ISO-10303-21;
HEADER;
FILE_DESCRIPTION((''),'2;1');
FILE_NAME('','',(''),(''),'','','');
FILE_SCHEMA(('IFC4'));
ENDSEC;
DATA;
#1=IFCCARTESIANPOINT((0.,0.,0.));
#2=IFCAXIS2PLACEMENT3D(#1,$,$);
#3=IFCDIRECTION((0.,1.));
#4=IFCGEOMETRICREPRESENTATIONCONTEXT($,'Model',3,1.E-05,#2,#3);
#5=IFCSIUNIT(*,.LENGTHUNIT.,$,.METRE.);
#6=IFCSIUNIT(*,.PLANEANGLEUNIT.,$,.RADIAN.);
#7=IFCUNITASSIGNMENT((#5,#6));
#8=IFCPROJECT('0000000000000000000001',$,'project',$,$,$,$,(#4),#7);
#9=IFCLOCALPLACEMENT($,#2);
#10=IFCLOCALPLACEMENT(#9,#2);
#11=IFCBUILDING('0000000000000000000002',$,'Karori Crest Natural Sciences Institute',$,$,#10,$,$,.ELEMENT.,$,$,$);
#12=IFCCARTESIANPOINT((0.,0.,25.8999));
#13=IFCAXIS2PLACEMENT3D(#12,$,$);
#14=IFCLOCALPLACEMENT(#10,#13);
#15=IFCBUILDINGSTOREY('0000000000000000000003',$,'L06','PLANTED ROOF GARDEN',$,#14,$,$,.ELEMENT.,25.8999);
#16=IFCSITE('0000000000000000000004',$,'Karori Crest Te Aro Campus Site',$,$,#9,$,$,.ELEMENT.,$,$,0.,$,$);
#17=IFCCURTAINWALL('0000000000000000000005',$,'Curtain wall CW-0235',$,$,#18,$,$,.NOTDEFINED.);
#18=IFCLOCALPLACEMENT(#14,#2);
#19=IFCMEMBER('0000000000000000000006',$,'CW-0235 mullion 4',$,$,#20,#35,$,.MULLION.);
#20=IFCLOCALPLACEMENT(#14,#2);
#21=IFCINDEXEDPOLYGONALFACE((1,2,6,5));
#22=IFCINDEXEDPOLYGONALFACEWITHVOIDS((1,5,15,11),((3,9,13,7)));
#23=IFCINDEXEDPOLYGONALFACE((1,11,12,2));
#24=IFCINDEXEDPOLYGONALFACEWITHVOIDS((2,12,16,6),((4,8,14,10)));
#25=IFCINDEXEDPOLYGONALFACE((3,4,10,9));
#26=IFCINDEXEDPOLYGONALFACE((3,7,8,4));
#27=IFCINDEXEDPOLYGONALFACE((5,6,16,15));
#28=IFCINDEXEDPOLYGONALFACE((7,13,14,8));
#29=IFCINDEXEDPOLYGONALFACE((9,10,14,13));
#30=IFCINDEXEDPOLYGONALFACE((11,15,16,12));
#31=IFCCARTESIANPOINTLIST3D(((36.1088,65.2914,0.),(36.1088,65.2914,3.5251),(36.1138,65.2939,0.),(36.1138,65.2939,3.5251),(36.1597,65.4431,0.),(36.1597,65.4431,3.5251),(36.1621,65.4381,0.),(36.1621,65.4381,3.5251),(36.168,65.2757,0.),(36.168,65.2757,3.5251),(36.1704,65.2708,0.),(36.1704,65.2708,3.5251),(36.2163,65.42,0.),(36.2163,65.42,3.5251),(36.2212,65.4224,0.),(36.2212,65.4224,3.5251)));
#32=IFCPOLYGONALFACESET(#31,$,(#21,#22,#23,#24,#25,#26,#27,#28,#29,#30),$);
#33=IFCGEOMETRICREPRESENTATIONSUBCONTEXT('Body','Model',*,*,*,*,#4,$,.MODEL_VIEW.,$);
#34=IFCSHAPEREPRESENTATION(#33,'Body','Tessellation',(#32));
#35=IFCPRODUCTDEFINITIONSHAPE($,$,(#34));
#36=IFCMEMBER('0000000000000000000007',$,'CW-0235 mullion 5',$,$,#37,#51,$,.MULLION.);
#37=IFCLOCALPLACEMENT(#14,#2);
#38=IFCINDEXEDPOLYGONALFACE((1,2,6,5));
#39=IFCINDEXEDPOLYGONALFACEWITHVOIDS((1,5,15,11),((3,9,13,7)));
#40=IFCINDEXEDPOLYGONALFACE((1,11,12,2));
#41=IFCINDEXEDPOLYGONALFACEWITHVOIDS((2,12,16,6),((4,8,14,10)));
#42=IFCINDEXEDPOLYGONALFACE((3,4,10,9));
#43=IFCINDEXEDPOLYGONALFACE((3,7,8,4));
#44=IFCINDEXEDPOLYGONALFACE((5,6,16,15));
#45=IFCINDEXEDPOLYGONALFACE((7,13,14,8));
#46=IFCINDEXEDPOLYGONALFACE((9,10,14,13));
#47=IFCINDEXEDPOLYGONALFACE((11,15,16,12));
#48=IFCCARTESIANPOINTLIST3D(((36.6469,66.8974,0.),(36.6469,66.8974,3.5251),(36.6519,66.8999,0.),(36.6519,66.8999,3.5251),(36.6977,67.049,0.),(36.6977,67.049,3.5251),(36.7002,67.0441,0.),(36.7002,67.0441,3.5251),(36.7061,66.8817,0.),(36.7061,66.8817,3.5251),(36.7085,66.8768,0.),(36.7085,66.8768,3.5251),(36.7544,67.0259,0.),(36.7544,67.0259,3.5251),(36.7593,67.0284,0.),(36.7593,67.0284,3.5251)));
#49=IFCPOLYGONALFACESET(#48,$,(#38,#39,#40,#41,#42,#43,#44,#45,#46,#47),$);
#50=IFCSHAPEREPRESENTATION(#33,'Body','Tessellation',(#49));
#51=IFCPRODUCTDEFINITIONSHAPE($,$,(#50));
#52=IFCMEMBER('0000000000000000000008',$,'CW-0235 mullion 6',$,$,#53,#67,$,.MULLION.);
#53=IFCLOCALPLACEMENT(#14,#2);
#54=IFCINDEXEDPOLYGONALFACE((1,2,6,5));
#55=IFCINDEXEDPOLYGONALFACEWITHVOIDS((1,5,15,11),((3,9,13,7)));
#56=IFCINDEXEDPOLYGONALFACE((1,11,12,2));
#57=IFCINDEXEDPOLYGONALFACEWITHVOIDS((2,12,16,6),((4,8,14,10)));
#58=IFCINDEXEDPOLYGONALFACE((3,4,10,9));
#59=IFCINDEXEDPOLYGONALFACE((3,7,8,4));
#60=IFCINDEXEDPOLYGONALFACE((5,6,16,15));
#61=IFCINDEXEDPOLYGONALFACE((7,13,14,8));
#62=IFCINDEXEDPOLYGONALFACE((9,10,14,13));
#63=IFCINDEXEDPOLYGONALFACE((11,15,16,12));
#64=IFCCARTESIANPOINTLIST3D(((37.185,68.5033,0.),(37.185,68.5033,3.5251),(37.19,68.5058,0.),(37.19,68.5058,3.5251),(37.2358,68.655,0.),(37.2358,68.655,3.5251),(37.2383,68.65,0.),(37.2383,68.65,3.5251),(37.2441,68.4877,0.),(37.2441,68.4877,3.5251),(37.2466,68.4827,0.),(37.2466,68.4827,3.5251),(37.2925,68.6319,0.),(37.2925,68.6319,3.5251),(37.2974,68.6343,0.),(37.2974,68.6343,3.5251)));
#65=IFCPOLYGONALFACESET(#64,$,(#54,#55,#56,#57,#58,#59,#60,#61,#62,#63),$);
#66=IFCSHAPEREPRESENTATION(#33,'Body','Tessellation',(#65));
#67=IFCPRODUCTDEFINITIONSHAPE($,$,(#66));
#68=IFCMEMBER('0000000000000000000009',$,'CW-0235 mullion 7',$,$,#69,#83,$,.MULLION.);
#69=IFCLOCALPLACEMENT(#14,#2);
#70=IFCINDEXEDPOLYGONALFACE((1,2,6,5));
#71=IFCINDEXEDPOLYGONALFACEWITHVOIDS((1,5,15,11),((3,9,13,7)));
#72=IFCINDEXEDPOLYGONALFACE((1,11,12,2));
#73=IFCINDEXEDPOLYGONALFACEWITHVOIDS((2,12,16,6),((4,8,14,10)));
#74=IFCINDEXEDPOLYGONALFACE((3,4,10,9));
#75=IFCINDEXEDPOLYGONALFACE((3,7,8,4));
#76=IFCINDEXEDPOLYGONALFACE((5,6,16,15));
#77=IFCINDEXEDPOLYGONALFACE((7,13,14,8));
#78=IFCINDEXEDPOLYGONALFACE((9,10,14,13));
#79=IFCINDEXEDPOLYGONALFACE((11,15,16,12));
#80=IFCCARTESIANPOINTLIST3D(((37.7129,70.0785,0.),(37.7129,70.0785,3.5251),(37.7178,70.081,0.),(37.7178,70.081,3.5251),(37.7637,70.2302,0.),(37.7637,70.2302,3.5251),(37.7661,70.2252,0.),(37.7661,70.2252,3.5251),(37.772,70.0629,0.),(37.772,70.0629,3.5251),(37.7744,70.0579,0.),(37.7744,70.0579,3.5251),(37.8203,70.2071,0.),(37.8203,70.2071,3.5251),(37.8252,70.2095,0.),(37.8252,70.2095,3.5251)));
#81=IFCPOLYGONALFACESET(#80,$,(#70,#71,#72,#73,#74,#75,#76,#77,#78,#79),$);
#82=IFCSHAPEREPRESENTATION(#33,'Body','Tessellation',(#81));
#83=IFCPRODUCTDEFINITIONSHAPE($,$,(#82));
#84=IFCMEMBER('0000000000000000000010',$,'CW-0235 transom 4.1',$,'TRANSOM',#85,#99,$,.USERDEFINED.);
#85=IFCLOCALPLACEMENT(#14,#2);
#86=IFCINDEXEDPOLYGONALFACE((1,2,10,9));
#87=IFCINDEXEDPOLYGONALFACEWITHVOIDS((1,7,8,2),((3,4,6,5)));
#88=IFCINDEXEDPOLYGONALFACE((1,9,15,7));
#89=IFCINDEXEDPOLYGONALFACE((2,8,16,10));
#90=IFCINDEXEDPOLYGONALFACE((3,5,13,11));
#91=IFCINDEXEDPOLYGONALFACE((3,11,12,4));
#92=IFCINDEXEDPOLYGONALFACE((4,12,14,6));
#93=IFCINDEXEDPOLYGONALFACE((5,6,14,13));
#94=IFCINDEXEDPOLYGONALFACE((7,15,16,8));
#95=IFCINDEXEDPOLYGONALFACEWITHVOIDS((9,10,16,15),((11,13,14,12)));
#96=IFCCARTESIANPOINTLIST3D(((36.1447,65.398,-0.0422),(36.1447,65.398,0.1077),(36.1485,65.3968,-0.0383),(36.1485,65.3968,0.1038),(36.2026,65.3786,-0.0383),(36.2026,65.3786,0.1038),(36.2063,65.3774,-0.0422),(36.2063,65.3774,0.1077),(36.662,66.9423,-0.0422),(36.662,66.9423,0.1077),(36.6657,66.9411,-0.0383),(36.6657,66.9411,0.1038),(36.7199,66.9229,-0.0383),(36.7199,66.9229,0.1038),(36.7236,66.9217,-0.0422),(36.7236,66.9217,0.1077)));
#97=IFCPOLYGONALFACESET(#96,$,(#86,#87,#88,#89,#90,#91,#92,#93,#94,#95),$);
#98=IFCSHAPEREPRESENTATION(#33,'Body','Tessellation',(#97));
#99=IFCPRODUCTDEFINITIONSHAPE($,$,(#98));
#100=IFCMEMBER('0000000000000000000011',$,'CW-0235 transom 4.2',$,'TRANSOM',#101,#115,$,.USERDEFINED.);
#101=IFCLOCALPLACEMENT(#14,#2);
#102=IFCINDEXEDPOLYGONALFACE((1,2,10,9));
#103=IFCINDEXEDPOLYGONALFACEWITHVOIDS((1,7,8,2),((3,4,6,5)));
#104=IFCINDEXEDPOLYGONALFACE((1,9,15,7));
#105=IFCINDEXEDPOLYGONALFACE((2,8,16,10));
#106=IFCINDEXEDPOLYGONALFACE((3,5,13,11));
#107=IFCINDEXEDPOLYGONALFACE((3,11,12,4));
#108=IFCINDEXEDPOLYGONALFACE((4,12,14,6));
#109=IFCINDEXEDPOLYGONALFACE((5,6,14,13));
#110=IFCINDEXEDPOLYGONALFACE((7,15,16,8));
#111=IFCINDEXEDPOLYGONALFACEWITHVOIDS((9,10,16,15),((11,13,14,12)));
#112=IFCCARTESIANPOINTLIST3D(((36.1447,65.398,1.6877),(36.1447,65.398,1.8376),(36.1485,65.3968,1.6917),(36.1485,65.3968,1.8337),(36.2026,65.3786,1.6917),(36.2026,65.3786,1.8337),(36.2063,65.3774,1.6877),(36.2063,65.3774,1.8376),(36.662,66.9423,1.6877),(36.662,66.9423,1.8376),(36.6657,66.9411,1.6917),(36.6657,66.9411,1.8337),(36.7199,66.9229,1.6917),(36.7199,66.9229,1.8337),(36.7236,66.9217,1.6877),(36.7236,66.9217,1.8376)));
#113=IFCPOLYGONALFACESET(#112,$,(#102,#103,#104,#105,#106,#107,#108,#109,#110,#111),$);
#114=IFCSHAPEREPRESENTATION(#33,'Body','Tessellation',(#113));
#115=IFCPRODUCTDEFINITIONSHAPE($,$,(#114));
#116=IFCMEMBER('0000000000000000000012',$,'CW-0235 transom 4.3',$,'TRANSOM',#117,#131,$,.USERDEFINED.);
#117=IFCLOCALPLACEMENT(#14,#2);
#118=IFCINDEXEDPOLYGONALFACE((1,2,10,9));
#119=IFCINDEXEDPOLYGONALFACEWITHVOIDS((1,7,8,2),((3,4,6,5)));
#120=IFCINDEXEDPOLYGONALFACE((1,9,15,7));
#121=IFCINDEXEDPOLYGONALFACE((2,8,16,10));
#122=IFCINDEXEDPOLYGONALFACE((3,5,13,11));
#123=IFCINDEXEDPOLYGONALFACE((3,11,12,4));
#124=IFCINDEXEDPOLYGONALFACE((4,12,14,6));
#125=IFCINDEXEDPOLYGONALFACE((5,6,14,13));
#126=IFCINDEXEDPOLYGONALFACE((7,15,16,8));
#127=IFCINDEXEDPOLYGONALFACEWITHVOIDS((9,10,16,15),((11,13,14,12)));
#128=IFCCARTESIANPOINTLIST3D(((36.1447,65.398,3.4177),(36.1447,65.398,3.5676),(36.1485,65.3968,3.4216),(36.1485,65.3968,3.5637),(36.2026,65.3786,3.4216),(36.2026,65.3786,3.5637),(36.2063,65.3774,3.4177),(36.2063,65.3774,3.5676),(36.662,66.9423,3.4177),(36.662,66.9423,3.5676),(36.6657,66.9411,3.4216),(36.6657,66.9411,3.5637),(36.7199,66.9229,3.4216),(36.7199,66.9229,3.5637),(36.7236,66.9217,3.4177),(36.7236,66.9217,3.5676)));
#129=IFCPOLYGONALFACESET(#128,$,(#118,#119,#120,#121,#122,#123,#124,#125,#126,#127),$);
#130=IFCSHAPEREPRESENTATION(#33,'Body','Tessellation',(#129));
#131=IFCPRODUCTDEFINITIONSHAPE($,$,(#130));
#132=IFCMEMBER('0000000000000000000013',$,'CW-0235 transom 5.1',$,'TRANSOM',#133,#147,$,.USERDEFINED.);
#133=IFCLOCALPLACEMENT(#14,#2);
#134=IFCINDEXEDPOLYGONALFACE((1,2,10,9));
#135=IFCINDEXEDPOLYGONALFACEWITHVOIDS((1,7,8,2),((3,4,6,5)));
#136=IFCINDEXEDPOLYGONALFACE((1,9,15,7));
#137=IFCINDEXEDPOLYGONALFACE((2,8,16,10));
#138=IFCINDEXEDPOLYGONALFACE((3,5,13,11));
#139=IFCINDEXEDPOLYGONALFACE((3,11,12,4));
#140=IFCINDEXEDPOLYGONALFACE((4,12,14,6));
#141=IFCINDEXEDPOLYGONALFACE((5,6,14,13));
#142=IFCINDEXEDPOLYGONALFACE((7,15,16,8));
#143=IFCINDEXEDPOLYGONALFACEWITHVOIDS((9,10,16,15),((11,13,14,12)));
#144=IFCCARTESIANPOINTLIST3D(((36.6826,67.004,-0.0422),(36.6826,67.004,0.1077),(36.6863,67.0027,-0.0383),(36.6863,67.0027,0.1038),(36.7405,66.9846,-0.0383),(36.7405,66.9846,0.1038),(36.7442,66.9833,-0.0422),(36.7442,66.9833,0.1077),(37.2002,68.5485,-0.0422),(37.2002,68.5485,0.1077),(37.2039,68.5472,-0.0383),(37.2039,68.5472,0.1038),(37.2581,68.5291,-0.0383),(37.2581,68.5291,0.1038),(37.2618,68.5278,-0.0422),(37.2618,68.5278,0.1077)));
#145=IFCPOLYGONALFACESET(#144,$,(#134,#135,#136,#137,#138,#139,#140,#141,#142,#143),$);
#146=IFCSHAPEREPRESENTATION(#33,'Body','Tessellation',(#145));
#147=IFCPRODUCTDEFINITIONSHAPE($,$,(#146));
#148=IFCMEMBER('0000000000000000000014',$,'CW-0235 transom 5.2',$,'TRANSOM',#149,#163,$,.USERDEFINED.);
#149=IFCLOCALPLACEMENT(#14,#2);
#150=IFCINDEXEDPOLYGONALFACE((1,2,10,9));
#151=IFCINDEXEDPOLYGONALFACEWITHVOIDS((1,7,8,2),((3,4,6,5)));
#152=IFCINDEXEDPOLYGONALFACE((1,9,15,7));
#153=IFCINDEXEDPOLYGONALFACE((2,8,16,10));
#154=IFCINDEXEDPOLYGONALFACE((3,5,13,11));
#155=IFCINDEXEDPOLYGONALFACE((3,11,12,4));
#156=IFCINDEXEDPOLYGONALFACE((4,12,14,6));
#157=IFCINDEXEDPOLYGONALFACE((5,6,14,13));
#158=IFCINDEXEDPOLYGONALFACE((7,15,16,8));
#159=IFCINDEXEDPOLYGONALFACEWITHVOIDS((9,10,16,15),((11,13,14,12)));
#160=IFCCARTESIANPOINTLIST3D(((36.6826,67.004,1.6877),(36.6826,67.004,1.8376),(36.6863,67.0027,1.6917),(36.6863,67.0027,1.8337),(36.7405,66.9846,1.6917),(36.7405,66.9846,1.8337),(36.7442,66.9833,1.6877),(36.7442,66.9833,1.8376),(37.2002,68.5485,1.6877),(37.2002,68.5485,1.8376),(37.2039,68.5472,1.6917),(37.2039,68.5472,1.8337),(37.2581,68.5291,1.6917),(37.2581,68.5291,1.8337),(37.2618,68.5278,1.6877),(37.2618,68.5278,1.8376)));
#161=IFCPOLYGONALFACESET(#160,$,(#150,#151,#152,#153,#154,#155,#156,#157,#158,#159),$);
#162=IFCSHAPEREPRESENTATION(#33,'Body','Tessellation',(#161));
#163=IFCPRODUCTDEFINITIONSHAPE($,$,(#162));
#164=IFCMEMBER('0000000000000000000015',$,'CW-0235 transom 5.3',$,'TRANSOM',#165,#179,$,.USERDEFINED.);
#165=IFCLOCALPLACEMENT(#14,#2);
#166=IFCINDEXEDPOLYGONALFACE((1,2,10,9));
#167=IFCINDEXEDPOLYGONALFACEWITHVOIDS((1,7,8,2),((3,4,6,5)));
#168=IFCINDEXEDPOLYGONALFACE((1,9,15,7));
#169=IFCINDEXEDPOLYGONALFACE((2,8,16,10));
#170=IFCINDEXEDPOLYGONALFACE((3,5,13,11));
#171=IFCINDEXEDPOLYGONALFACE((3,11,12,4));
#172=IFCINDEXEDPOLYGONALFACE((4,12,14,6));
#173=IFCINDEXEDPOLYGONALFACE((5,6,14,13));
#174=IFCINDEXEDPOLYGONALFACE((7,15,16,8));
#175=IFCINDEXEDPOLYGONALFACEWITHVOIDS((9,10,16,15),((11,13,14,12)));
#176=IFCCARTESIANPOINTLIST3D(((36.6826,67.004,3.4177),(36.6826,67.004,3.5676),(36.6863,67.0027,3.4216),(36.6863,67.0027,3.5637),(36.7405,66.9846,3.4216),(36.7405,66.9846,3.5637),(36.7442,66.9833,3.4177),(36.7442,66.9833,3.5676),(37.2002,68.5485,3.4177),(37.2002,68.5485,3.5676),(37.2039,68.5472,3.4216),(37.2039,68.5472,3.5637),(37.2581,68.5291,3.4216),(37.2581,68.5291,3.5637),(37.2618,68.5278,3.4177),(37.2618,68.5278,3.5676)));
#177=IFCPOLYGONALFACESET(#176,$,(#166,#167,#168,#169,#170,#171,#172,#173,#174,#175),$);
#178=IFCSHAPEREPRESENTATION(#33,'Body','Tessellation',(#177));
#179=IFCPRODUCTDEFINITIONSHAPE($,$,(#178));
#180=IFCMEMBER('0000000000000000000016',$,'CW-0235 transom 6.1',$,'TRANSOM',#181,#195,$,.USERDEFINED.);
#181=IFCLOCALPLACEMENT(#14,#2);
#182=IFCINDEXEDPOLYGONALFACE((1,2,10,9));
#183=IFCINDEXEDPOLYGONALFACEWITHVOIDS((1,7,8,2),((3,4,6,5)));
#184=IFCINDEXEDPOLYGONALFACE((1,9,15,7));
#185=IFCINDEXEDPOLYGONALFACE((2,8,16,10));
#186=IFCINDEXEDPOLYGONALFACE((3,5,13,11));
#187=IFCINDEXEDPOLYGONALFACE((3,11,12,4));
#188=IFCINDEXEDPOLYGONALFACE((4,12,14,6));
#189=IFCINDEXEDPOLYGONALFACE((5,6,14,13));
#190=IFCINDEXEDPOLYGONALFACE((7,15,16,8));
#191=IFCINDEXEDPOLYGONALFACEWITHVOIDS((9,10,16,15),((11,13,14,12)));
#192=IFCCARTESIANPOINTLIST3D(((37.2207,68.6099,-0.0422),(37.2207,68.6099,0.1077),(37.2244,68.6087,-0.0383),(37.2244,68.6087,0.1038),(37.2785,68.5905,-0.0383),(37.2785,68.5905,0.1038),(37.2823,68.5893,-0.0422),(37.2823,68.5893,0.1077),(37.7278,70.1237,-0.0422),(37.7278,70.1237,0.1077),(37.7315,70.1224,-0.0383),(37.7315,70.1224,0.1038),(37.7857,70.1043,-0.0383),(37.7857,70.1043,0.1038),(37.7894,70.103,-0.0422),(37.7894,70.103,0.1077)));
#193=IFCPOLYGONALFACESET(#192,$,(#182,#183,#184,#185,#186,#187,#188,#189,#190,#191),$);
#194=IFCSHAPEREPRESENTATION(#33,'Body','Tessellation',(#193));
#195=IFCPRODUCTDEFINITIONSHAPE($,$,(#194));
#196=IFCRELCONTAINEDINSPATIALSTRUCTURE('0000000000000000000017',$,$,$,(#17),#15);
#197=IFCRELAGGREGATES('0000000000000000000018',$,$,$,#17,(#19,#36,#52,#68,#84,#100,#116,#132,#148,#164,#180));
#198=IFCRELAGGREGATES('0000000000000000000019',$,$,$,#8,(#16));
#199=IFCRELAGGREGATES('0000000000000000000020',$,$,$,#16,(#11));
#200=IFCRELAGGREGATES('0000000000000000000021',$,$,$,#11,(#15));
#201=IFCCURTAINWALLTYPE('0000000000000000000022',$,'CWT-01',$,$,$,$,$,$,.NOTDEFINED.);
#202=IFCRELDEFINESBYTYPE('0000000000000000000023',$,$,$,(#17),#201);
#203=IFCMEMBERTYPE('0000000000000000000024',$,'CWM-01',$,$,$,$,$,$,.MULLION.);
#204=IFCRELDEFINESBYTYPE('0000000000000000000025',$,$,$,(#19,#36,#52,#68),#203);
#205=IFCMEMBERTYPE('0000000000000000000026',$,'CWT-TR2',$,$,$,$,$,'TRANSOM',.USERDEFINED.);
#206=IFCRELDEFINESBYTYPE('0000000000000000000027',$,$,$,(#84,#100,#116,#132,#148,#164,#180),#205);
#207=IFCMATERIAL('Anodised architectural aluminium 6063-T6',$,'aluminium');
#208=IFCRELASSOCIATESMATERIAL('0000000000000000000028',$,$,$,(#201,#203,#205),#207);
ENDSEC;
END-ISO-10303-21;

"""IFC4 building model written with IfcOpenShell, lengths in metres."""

from ifc_helpers import new_model, si_unit, direction, frame, origin, origin_2d, place, context, subcontext, project, spatial, hollow_rectangle, extrude, material, material_profile, profile_set, type_object, element, aggregate, save


model = new_model("IFC4")

# Units and contexts
model_context = context("Model", 3, precision=1e-05, world=origin(), true_north=direction((0.0, 1.0)))
body_context = subcontext(model_context, "Body", "Model", "MODEL_VIEW")
ifc_project = project(units=[si_unit("LENGTHUNIT", "METRE"), si_unit("PLANEANGLEUNIT", "RADIAN")], contexts=[model_context])

# Site, building, storey
site_placement = place(None, origin())
site = spatial("IfcSite", under=ifc_project, at=site_placement, Name="Karori Crest Te Aro Campus Site", CompositionType="ELEMENT", RefElevation=0.0)
building_placement = place(site_placement, origin())
building = spatial("IfcBuilding", under=site, at=building_placement, Name="Karori Crest Natural Sciences Institute", CompositionType="ELEMENT")
storey_placement = place(building_placement, frame((0.0, 0.0, 25.8999)))
storey = spatial("IfcBuildingStorey", under=building, at=storey_placement, Name="L06", Description="PLANTED ROOF GARDEN", CompositionType="ELEMENT", Elevation=25.8999)

# Curtain wall, members
ifc_material_1 = material(Name="Anodised architectural aluminium 6063-T6", Category="aluminium")
curtain_wall_type = type_object("IfcCurtainWallType", Name="CWT-01", PredefinedType="NOTDEFINED", material=ifc_material_1)
curtain_wall_placement = place(storey_placement, origin())
curtain_wall = element("IfcCurtainWall", 1, at=curtain_wall_placement, inside=storey, type_object=curtain_wall_type, Name="Curtain wall CW-0235", PredefinedType="NOTDEFINED")
ifc_material_profile_1 = material_profile(ifc_material_1, hollow_rectangle(XDim=0.0649, YDim=0.1599, WallThickness=0.0039, at=origin_2d()), Name="CWM160x65x4")
ifc_profile_set_1 = profile_set([ifc_material_profile_1], Name="Anodised architectural aluminium 6063-T6")
member_type_1 = type_object("IfcMemberType", Name="CWM-01", PredefinedType="MULLION", material=ifc_profile_set_1)
member_1_placement = place(storey_placement, frame((36.165, 65.3569, 0.0), z_axis=(0.0, 0.0, 1.0), x_axis=(-0.948198, 0.31768, 0.0)))
member_1 = element("IfcMember", 2, at=member_1_placement, type_object=member_type_1, Name="CW-0235 mullion 4", PredefinedType="MULLION", context=body_context, shape_type="SweptSolid", body=[
    extrude(hollow_rectangle(XDim=0.0649, YDim=0.1599, WallThickness=0.0039, at=origin_2d()), origin(), (0.0, 0.0, 1.0), 3.5251),
])
member_2_placement = place(storey_placement, frame((36.7031, 66.9629, 0.0), z_axis=(0.0, 0.0, 1.0), x_axis=(-0.948198, 0.31768, 0.0)))
member_2 = element("IfcMember", 3, at=member_2_placement, type_object=member_type_1, Name="CW-0235 mullion 5", PredefinedType="MULLION", context=body_context, shape_type="SweptSolid", body=[
    extrude(hollow_rectangle(XDim=0.0649, YDim=0.1599, WallThickness=0.0039, at=origin_2d()), origin(), (0.0, 0.0, 1.0), 3.5251),
])
member_3_placement = place(storey_placement, frame((37.2412, 68.5688, 0.0), z_axis=(0.0, 0.0, 1.0), x_axis=(-0.948198, 0.31768, 0.0)))
member_3 = element("IfcMember", 4, at=member_3_placement, type_object=member_type_1, Name="CW-0235 mullion 6", PredefinedType="MULLION", context=body_context, shape_type="SweptSolid", body=[
    extrude(hollow_rectangle(XDim=0.0649, YDim=0.1599, WallThickness=0.0039, at=origin_2d()), origin(), (0.0, 0.0, 1.0), 3.5251),
])
member_4_placement = place(storey_placement, frame((37.769, 70.144, 0.0), z_axis=(0.0, 0.0, 1.0), x_axis=(-0.948198, 0.31768, 0.0)))
member_4 = element("IfcMember", 5, at=member_4_placement, type_object=member_type_1, Name="CW-0235 mullion 7", PredefinedType="MULLION", context=body_context, shape_type="SweptSolid", body=[
    extrude(hollow_rectangle(XDim=0.0649, YDim=0.1599, WallThickness=0.0039, at=origin_2d()), origin(), (0.0, 0.0, 1.0), 3.5251),
])
ifc_material_profile_2 = material_profile(ifc_material_1, hollow_rectangle(XDim=0.0649, YDim=0.1499, WallThickness=0.0039, at=origin_2d()), Name="CWT150x65x4")
ifc_profile_set_2 = profile_set([ifc_material_profile_2], Name="Anodised architectural aluminium 6063-T6")
member_type_2 = type_object("IfcMemberType", Name="CWT-TR2", ElementType="TRANSOM", PredefinedType="USERDEFINED", material=ifc_profile_set_2)
member_5_placement = place(storey_placement, frame((36.1755, 65.3877, 0.0327), z_axis=(0.317621, 0.948218, 0.0), x_axis=(-0.948218, 0.317621, 0.0)))
member_5 = element("IfcMember", 6, at=member_5_placement, type_object=member_type_2, Name="CW-0235 transom 4.1", ObjectType="TRANSOM", PredefinedType="USERDEFINED", context=body_context, shape_type="SweptSolid", body=[
    extrude(hollow_rectangle(XDim=0.0649, YDim=0.1499, WallThickness=0.0039, at=origin_2d()), origin(), (0.0, 0.0, 1.0), 1.6287),
])
member_6_placement = place(storey_placement, frame((36.1755, 65.3877, 1.7627), z_axis=(0.317621, 0.948218, 0.0), x_axis=(-0.948218, 0.317621, 0.0)))
member_6 = element("IfcMember", 7, at=member_6_placement, type_object=member_type_2, Name="CW-0235 transom 4.2", ObjectType="TRANSOM", PredefinedType="USERDEFINED", context=body_context, shape_type="SweptSolid", body=[
    extrude(hollow_rectangle(XDim=0.0649, YDim=0.1499, WallThickness=0.0039, at=origin_2d()), origin(), (0.0, 0.0, 1.0), 1.6287),
])
member_7_placement = place(storey_placement, frame((36.1755, 65.3877, 3.4927), z_axis=(0.317621, 0.948218, 0.0), x_axis=(-0.948218, 0.317621, 0.0)))
member_7 = element("IfcMember", 8, at=member_7_placement, type_object=member_type_2, Name="CW-0235 transom 4.3", ObjectType="TRANSOM", PredefinedType="USERDEFINED", context=body_context, shape_type="SweptSolid", body=[
    extrude(hollow_rectangle(XDim=0.0649, YDim=0.1499, WallThickness=0.0039, at=origin_2d()), origin(), (0.0, 0.0, 1.0), 1.6287),
])
member_8_placement = place(storey_placement, frame((36.7134, 66.9937, 0.0327), z_axis=(0.317756, 0.948172, 0.0), x_axis=(-0.948172, 0.317756, 0.0)))
member_8 = element("IfcMember", 9, at=member_8_placement, type_object=member_type_2, Name="CW-0235 transom 5.1", ObjectType="TRANSOM", PredefinedType="USERDEFINED", context=body_context, shape_type="SweptSolid", body=[
    extrude(hollow_rectangle(XDim=0.0649, YDim=0.1499, WallThickness=0.0039, at=origin_2d()), origin(), (0.0, 0.0, 1.0), 1.6289),
])
member_9_placement = place(storey_placement, frame((36.7134, 66.9937, 1.7627), z_axis=(0.317756, 0.948172, 0.0), x_axis=(-0.948172, 0.317756, 0.0)))
member_9 = element("IfcMember", 10, at=member_9_placement, type_object=member_type_2, Name="CW-0235 transom 5.2", ObjectType="TRANSOM", PredefinedType="USERDEFINED", context=body_context, shape_type="SweptSolid", body=[
    extrude(hollow_rectangle(XDim=0.0649, YDim=0.1499, WallThickness=0.0039, at=origin_2d()), origin(), (0.0, 0.0, 1.0), 1.6289),
])
member_10_placement = place(storey_placement, frame((36.7134, 66.9937, 3.4927), z_axis=(0.317756, 0.948172, 0.0), x_axis=(-0.948172, 0.317756, 0.0)))
member_10 = element("IfcMember", 11, at=member_10_placement, type_object=member_type_2, Name="CW-0235 transom 5.3", ObjectType="TRANSOM", PredefinedType="USERDEFINED", context=body_context, shape_type="SweptSolid", body=[
    extrude(hollow_rectangle(XDim=0.0649, YDim=0.1499, WallThickness=0.0039, at=origin_2d()), origin(), (0.0, 0.0, 1.0), 1.6289),
])
member_11_placement = place(storey_placement, frame((37.2515, 68.5996, 0.0327), z_axis=(0.31765, 0.948208, 0.0), x_axis=(-0.948208, 0.31765, 0.0)))
member_11 = element("IfcMember", 12, at=member_11_placement, type_object=member_type_2, Name="CW-0235 transom 6.1", ObjectType="TRANSOM", PredefinedType="USERDEFINED", context=body_context, shape_type="SweptSolid", body=[
    extrude(hollow_rectangle(XDim=0.0649, YDim=0.1499, WallThickness=0.0039, at=origin_2d()), origin(), (0.0, 0.0, 1.0), 1.5964),
])
aggregate(curtain_wall, [member_1, member_2, member_3, member_4, member_5, member_6, member_7, member_8, member_9, member_10, member_11])

save(model, "model.ifc")
